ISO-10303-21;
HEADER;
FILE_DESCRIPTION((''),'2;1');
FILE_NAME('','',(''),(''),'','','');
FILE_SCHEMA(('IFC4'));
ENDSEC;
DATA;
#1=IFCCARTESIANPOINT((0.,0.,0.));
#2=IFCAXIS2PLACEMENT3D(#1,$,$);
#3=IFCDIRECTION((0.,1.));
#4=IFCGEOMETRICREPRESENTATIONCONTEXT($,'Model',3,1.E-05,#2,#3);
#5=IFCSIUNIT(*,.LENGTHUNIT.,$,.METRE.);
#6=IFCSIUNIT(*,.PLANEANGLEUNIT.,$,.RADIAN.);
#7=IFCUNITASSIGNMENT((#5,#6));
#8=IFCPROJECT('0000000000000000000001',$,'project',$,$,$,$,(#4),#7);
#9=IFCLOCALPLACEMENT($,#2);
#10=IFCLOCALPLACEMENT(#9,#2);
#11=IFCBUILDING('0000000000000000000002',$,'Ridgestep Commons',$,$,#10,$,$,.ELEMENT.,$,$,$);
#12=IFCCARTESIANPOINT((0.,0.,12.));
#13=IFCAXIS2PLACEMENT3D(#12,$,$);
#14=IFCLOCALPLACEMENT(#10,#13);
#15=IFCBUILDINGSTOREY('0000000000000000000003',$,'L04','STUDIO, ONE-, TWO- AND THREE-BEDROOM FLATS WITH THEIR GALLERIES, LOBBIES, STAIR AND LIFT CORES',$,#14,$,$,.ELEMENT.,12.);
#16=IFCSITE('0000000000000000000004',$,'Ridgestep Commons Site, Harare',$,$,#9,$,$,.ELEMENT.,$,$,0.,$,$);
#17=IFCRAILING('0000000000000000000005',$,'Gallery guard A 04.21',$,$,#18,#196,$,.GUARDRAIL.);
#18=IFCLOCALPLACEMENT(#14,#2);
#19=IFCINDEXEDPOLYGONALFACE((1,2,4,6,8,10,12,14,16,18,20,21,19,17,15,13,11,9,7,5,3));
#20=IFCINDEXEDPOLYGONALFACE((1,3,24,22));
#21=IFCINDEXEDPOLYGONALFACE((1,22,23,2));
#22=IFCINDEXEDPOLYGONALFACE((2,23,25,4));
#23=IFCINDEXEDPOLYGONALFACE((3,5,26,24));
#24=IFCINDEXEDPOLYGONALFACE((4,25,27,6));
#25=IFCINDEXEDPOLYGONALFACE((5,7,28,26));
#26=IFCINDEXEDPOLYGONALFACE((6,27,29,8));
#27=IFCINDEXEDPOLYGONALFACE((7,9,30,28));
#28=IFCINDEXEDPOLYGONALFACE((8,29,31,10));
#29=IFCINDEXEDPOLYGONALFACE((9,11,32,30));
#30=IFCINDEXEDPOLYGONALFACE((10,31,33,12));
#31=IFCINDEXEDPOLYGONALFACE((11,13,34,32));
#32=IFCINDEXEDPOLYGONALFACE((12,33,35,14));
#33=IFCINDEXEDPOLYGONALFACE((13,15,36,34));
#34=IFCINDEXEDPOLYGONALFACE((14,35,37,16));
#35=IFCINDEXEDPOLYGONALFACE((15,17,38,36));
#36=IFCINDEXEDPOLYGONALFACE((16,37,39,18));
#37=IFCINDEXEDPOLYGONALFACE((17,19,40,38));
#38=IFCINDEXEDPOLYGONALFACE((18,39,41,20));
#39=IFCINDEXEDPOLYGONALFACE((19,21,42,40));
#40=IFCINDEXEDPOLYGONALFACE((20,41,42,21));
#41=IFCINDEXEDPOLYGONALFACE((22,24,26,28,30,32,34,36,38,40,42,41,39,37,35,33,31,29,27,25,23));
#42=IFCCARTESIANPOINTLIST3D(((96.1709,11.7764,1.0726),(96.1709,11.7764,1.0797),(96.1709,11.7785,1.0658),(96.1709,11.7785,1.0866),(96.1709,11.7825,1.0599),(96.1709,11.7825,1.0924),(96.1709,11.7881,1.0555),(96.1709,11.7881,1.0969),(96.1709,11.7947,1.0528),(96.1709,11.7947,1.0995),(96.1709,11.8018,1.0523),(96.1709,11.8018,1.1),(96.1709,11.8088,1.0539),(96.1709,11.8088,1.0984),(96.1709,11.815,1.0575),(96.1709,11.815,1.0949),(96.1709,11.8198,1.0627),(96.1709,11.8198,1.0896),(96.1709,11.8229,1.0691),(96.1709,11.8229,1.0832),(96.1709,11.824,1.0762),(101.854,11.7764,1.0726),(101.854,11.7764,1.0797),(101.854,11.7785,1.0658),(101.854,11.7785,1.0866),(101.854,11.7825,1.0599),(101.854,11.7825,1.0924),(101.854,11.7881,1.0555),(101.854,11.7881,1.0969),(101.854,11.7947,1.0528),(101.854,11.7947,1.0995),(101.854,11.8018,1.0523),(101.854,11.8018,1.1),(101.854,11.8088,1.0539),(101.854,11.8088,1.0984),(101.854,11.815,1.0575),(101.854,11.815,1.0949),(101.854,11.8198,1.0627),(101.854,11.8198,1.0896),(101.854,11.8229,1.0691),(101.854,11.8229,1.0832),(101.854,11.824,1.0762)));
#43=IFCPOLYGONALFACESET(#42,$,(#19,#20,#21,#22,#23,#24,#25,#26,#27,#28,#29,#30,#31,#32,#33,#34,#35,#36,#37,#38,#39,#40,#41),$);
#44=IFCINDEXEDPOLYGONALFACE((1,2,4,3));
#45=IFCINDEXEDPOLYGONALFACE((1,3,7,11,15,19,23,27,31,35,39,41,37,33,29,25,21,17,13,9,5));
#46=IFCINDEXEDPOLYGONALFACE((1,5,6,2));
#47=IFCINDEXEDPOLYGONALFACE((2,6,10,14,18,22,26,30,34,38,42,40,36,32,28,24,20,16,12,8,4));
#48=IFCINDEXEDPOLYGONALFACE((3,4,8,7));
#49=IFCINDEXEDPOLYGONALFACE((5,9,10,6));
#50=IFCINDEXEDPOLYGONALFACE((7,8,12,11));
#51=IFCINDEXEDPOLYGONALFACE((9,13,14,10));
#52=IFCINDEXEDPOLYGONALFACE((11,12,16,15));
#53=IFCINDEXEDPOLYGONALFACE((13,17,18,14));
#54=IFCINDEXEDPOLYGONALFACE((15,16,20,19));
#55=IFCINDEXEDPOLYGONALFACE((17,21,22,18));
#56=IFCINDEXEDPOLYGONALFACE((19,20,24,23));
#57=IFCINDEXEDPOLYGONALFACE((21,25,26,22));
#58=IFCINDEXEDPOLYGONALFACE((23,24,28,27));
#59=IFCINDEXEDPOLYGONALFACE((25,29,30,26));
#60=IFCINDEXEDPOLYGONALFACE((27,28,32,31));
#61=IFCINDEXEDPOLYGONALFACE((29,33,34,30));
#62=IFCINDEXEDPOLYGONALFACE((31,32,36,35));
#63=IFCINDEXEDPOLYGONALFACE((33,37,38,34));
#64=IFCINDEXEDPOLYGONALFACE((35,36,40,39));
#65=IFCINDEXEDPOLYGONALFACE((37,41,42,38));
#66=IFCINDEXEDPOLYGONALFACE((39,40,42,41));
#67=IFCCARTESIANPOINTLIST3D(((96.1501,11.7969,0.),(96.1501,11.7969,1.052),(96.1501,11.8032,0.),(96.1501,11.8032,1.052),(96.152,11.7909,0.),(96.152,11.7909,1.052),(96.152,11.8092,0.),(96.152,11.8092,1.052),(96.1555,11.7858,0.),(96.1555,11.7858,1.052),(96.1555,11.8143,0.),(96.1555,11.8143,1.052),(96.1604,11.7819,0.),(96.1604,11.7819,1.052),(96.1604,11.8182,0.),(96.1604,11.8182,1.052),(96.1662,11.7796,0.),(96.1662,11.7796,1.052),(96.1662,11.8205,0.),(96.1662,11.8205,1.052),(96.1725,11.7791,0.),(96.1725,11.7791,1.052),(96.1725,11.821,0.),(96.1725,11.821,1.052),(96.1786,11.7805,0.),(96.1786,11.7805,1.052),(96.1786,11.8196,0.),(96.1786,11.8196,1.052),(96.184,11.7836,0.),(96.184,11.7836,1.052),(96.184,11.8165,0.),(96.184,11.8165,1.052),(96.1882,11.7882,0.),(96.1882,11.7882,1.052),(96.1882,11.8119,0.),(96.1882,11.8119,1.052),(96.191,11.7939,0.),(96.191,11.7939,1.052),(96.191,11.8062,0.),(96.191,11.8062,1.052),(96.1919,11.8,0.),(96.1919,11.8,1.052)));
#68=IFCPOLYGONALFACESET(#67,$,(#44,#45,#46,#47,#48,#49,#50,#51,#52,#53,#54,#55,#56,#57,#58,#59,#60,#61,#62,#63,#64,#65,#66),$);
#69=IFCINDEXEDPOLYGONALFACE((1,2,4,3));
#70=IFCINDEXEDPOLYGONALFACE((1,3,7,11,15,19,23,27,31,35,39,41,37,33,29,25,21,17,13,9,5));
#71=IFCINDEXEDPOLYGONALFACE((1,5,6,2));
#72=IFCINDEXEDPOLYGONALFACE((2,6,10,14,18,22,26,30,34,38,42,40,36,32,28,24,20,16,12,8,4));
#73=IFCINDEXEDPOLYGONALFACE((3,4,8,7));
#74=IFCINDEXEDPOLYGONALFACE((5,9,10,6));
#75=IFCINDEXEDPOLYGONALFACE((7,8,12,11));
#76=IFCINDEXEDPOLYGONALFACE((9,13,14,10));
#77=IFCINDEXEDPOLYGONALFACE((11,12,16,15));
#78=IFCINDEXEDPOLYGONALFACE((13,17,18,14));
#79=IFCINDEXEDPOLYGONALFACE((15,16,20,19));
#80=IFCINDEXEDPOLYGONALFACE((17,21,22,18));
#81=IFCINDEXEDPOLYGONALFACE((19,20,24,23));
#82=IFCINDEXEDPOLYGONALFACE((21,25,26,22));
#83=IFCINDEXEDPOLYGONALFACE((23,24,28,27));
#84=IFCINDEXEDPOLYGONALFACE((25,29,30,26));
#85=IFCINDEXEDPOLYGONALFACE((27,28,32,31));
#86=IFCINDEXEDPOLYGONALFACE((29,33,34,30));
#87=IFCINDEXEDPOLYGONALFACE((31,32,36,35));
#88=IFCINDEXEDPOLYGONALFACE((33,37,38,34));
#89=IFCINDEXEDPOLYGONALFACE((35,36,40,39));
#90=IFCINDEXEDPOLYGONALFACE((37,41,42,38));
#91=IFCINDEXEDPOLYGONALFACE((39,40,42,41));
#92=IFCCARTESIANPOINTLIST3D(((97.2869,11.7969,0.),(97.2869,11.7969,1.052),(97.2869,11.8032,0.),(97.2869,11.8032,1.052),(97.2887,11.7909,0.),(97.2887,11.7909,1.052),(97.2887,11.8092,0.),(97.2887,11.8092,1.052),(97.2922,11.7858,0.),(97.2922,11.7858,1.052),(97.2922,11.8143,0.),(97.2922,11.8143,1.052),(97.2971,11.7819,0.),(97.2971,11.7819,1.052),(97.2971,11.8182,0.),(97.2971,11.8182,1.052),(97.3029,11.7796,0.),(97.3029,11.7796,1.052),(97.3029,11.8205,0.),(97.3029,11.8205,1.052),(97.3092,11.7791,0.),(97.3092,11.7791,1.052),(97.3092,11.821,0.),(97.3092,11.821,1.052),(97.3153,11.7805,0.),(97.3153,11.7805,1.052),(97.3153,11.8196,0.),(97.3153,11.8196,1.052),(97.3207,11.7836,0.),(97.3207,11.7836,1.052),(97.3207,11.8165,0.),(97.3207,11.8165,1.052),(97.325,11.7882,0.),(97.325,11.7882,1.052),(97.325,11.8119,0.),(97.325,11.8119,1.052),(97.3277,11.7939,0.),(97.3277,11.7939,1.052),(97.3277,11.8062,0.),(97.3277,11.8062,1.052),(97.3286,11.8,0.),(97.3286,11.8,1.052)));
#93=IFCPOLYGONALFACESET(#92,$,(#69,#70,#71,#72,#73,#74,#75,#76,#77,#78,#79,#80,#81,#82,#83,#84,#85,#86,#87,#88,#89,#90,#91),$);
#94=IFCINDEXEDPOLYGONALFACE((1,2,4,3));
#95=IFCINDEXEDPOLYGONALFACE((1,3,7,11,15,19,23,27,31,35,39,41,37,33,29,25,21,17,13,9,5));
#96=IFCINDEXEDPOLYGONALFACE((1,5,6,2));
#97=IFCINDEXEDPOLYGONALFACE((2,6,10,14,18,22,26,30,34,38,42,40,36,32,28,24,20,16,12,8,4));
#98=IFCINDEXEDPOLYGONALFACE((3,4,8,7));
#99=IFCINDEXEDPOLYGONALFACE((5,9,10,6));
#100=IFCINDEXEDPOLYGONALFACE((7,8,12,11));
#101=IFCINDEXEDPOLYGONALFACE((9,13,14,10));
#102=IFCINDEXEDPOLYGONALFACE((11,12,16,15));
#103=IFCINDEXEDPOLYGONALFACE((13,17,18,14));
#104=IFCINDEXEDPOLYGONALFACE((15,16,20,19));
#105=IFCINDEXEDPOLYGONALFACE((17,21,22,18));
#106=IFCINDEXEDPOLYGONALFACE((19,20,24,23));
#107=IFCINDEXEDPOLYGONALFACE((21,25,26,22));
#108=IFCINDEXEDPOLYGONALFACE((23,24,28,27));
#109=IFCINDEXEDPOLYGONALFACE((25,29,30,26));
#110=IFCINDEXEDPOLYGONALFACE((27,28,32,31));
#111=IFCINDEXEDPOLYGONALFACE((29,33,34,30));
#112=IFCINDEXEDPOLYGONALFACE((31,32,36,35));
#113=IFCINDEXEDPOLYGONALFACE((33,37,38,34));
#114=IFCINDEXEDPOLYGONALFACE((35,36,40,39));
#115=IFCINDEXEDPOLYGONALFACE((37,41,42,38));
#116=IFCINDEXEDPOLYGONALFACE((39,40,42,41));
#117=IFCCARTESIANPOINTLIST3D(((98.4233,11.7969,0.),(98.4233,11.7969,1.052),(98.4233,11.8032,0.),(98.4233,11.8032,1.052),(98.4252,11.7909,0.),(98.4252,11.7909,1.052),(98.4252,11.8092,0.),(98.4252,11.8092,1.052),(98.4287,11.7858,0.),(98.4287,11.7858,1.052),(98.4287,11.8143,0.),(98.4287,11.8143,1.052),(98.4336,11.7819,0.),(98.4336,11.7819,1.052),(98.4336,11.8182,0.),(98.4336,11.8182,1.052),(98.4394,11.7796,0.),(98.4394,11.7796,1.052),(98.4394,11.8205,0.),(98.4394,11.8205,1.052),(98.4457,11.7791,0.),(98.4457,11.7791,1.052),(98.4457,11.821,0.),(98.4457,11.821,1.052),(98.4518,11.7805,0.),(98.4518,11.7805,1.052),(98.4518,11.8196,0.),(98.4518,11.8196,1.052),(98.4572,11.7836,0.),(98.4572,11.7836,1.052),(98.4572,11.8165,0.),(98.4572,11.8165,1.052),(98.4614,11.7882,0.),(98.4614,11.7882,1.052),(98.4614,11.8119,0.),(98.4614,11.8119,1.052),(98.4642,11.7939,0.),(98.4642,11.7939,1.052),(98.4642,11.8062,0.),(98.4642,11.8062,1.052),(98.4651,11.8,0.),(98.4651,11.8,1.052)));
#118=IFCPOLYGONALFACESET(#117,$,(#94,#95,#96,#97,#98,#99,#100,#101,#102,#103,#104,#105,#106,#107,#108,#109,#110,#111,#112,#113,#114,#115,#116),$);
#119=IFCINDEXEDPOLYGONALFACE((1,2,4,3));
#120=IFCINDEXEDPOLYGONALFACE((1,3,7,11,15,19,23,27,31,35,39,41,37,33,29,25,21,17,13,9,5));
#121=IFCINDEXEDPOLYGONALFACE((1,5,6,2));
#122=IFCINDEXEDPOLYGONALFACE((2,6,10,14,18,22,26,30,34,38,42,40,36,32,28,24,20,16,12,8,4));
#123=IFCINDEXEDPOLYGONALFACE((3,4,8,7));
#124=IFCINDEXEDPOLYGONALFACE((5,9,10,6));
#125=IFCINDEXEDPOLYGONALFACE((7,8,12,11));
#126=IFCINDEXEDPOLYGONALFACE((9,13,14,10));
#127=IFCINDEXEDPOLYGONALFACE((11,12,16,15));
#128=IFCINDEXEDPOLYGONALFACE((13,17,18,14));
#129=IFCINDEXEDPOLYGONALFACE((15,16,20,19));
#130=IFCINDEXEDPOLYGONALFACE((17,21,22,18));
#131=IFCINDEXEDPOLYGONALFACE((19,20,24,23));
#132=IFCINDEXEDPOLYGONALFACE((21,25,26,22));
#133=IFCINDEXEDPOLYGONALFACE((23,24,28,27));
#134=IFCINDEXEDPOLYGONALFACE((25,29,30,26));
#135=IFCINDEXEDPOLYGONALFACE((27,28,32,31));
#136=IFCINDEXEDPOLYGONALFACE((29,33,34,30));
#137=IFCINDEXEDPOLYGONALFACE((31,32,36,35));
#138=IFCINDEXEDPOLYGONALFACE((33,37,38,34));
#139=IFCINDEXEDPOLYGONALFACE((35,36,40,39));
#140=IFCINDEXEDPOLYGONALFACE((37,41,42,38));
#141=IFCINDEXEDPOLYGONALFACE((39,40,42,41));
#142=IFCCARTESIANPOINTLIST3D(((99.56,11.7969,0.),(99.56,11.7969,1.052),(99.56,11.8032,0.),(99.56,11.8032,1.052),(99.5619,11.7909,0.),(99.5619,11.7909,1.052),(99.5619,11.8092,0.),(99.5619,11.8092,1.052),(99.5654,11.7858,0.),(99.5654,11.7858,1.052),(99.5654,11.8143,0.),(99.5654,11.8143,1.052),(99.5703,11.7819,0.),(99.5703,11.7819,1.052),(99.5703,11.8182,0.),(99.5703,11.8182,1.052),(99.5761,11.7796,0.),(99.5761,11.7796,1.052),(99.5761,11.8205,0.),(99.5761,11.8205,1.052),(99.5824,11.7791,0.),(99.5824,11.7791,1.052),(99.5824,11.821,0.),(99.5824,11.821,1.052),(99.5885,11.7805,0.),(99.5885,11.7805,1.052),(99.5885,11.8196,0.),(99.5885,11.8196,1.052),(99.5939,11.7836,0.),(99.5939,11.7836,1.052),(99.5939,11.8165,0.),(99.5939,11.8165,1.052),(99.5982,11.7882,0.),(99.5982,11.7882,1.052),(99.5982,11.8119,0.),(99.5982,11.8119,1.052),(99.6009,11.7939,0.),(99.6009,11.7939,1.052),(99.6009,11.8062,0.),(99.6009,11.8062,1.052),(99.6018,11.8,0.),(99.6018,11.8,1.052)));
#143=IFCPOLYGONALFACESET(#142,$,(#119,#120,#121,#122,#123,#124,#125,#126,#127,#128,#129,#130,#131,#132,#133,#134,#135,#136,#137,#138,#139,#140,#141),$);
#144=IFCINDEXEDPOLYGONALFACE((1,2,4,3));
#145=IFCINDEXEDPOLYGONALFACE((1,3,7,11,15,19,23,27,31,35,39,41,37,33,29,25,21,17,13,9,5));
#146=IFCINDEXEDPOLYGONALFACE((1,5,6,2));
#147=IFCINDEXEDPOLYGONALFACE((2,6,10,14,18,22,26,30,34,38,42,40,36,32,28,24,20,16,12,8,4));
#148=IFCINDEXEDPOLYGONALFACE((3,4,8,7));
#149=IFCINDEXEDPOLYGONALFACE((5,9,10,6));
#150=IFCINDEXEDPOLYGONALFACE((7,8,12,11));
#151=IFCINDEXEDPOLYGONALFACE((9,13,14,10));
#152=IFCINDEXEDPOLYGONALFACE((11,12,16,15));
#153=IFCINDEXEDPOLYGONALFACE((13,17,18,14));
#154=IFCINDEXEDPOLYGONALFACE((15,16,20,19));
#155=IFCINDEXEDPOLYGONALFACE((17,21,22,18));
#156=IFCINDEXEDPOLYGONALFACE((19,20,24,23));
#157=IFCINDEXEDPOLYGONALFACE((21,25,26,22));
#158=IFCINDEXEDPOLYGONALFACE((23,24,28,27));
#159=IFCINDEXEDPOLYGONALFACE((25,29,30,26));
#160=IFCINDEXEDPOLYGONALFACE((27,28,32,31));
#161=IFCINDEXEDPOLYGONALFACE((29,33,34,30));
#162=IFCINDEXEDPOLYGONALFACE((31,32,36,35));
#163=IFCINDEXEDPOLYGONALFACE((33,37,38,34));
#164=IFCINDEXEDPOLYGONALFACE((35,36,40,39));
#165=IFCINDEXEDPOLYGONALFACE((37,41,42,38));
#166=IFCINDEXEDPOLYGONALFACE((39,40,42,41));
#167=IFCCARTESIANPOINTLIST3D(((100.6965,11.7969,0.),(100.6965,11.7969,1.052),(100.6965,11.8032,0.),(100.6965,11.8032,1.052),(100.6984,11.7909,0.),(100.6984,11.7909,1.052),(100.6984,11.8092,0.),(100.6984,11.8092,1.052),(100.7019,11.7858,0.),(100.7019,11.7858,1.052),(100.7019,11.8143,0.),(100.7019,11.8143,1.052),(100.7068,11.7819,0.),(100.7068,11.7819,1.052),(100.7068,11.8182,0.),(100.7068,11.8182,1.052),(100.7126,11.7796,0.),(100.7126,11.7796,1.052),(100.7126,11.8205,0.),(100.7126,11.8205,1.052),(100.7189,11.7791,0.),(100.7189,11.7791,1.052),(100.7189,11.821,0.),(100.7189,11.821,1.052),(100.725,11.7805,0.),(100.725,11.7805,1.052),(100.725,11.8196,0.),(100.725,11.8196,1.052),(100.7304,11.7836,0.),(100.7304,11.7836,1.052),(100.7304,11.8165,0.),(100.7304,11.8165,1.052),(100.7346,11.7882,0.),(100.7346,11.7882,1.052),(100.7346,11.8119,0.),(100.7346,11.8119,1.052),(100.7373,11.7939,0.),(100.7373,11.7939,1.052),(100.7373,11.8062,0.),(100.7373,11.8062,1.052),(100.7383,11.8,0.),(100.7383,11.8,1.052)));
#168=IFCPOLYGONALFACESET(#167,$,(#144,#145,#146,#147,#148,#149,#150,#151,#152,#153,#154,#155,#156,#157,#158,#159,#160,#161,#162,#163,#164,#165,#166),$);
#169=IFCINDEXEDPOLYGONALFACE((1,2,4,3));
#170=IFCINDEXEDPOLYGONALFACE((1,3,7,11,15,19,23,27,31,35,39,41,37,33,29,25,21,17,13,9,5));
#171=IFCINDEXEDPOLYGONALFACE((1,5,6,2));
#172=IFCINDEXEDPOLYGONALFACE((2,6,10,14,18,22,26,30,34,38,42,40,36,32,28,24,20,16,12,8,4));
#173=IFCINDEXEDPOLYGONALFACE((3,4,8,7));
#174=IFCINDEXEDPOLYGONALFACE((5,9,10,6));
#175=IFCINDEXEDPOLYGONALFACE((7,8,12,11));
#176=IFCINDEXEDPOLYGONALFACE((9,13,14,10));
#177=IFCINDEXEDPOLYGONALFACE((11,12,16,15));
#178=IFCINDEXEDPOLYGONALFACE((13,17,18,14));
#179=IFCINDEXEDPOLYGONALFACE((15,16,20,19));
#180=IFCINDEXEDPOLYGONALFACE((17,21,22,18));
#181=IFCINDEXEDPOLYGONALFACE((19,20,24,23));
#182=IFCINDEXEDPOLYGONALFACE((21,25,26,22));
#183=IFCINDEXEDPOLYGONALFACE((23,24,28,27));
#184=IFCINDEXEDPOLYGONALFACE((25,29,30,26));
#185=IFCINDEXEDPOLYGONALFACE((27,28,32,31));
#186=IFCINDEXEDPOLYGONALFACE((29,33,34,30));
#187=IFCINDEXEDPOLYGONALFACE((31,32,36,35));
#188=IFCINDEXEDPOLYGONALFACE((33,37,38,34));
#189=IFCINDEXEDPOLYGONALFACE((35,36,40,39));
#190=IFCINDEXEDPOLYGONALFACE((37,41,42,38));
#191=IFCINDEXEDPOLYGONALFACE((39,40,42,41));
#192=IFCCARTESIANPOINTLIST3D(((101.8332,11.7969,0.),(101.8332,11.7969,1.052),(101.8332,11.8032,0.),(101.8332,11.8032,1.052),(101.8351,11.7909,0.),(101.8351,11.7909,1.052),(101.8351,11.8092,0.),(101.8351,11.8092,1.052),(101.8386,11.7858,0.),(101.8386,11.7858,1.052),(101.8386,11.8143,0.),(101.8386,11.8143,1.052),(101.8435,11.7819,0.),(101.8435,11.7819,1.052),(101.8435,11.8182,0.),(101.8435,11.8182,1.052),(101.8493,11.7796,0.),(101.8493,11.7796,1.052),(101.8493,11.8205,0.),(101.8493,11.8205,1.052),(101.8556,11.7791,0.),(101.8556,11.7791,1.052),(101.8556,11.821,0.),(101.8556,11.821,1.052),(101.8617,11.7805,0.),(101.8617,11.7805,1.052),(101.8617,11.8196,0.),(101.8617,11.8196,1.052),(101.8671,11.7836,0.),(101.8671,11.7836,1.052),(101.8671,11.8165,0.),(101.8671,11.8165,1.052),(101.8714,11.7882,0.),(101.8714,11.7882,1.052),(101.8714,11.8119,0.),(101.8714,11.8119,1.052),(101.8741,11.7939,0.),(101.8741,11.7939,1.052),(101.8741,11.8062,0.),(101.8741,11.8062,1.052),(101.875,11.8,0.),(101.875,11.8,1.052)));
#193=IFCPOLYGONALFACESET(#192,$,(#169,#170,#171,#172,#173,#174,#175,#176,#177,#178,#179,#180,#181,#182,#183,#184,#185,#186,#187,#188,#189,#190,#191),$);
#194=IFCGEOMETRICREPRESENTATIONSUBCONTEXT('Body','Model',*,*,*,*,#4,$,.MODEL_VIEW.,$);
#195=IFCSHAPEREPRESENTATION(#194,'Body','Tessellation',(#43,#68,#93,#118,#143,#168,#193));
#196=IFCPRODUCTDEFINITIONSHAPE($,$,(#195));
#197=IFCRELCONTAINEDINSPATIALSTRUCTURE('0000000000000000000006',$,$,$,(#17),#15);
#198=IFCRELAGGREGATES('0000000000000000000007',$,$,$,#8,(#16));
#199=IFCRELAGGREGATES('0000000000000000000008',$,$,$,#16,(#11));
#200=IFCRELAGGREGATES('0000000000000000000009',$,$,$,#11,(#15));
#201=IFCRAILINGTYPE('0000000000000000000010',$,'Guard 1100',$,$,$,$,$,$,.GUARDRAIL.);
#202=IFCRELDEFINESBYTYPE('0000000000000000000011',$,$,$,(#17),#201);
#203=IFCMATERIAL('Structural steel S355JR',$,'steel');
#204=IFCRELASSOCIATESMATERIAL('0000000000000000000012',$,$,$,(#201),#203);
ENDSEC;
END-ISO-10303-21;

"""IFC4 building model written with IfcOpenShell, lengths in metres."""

from ifc_helpers import new_model, si_unit, direction, frame, origin, origin_2d, place, context, subcontext, project, spatial, circle, extrude, material, type_object, element, save


model = new_model("IFC4")

# Units and contexts
model_context = context("Model", 3, precision=1e-05, world=origin(), true_north=direction((0.0, 1.0)))
body_context = subcontext(model_context, "Body", "Model", "MODEL_VIEW")
ifc_project = project(units=[si_unit("LENGTHUNIT", "METRE"), si_unit("PLANEANGLEUNIT", "RADIAN")], contexts=[model_context])

# Site, building, storey
site_placement = place(None, origin())
site = spatial("IfcSite", under=ifc_project, at=site_placement, Name="Ridgestep Commons Site, Harare", CompositionType="ELEMENT", RefElevation=0.0)
building_placement = place(site_placement, origin())
building = spatial("IfcBuilding", under=site, at=building_placement, Name="Ridgestep Commons", CompositionType="ELEMENT")
storey_placement = place(building_placement, frame((0.0, 0.0, 12.0)))
storey = spatial("IfcBuildingStorey", under=building, at=storey_placement, Name="L04", Description="STUDIO, ONE-, TWO- AND THREE-BEDROOM FLATS WITH THEIR GALLERIES, LOBBIES, STAIR AND LIFT CORES", CompositionType="ELEMENT", Elevation=12.0)

# Railing
ifc_material_1 = material(Name="Structural steel S355JR", Category="steel")
railing_type_1 = type_object("IfcRailingType", Name="Guard 1100", PredefinedType="GUARDRAIL", material=ifc_material_1)
for number, where, name in (
    (1, (96.1709, 11.8, 0.0), "Gallery guard A 04.21"),
):
    element("IfcRailing", number, at=place(storey_placement, frame(where)), inside=storey, type_object=railing_type_1, Name=name, PredefinedType="GUARDRAIL", context=body_context, shape_type="SweptSolid", body=[
        extrude(circle(Radius=0.0239, at=origin_2d()), frame((0.0, 0.0, 1.0762), z_axis=(1.0, 0.0, 0.0), x_axis=(0.0, 1.0, 0.0)), (0.0, 0.0, 1.0), 5.6831),
        extrude(circle(Radius=0.021, at=origin_2d()), origin(), (0.0, 0.0, 1.0), 1.052),
        extrude(circle(Radius=0.021, at=origin_2d()), frame((1.1367, 0.0, 0.0)), (0.0, 0.0, 1.0), 1.052),
        extrude(circle(Radius=0.021, at=origin_2d()), frame((2.2732, 0.0, 0.0)), (0.0, 0.0, 1.0), 1.052),
        extrude(circle(Radius=0.021, at=origin_2d()), frame((3.4099, 0.0, 0.0)), (0.0, 0.0, 1.0), 1.052),
        extrude(circle(Radius=0.021, at=origin_2d()), frame((4.5464, 0.0, 0.0)), (0.0, 0.0, 1.0), 1.052),
        extrude(circle(Radius=0.021, at=origin_2d()), frame((5.6831, 0.0, 0.0)), (0.0, 0.0, 1.0), 1.052),
    ])

save(model, "model.ifc")
